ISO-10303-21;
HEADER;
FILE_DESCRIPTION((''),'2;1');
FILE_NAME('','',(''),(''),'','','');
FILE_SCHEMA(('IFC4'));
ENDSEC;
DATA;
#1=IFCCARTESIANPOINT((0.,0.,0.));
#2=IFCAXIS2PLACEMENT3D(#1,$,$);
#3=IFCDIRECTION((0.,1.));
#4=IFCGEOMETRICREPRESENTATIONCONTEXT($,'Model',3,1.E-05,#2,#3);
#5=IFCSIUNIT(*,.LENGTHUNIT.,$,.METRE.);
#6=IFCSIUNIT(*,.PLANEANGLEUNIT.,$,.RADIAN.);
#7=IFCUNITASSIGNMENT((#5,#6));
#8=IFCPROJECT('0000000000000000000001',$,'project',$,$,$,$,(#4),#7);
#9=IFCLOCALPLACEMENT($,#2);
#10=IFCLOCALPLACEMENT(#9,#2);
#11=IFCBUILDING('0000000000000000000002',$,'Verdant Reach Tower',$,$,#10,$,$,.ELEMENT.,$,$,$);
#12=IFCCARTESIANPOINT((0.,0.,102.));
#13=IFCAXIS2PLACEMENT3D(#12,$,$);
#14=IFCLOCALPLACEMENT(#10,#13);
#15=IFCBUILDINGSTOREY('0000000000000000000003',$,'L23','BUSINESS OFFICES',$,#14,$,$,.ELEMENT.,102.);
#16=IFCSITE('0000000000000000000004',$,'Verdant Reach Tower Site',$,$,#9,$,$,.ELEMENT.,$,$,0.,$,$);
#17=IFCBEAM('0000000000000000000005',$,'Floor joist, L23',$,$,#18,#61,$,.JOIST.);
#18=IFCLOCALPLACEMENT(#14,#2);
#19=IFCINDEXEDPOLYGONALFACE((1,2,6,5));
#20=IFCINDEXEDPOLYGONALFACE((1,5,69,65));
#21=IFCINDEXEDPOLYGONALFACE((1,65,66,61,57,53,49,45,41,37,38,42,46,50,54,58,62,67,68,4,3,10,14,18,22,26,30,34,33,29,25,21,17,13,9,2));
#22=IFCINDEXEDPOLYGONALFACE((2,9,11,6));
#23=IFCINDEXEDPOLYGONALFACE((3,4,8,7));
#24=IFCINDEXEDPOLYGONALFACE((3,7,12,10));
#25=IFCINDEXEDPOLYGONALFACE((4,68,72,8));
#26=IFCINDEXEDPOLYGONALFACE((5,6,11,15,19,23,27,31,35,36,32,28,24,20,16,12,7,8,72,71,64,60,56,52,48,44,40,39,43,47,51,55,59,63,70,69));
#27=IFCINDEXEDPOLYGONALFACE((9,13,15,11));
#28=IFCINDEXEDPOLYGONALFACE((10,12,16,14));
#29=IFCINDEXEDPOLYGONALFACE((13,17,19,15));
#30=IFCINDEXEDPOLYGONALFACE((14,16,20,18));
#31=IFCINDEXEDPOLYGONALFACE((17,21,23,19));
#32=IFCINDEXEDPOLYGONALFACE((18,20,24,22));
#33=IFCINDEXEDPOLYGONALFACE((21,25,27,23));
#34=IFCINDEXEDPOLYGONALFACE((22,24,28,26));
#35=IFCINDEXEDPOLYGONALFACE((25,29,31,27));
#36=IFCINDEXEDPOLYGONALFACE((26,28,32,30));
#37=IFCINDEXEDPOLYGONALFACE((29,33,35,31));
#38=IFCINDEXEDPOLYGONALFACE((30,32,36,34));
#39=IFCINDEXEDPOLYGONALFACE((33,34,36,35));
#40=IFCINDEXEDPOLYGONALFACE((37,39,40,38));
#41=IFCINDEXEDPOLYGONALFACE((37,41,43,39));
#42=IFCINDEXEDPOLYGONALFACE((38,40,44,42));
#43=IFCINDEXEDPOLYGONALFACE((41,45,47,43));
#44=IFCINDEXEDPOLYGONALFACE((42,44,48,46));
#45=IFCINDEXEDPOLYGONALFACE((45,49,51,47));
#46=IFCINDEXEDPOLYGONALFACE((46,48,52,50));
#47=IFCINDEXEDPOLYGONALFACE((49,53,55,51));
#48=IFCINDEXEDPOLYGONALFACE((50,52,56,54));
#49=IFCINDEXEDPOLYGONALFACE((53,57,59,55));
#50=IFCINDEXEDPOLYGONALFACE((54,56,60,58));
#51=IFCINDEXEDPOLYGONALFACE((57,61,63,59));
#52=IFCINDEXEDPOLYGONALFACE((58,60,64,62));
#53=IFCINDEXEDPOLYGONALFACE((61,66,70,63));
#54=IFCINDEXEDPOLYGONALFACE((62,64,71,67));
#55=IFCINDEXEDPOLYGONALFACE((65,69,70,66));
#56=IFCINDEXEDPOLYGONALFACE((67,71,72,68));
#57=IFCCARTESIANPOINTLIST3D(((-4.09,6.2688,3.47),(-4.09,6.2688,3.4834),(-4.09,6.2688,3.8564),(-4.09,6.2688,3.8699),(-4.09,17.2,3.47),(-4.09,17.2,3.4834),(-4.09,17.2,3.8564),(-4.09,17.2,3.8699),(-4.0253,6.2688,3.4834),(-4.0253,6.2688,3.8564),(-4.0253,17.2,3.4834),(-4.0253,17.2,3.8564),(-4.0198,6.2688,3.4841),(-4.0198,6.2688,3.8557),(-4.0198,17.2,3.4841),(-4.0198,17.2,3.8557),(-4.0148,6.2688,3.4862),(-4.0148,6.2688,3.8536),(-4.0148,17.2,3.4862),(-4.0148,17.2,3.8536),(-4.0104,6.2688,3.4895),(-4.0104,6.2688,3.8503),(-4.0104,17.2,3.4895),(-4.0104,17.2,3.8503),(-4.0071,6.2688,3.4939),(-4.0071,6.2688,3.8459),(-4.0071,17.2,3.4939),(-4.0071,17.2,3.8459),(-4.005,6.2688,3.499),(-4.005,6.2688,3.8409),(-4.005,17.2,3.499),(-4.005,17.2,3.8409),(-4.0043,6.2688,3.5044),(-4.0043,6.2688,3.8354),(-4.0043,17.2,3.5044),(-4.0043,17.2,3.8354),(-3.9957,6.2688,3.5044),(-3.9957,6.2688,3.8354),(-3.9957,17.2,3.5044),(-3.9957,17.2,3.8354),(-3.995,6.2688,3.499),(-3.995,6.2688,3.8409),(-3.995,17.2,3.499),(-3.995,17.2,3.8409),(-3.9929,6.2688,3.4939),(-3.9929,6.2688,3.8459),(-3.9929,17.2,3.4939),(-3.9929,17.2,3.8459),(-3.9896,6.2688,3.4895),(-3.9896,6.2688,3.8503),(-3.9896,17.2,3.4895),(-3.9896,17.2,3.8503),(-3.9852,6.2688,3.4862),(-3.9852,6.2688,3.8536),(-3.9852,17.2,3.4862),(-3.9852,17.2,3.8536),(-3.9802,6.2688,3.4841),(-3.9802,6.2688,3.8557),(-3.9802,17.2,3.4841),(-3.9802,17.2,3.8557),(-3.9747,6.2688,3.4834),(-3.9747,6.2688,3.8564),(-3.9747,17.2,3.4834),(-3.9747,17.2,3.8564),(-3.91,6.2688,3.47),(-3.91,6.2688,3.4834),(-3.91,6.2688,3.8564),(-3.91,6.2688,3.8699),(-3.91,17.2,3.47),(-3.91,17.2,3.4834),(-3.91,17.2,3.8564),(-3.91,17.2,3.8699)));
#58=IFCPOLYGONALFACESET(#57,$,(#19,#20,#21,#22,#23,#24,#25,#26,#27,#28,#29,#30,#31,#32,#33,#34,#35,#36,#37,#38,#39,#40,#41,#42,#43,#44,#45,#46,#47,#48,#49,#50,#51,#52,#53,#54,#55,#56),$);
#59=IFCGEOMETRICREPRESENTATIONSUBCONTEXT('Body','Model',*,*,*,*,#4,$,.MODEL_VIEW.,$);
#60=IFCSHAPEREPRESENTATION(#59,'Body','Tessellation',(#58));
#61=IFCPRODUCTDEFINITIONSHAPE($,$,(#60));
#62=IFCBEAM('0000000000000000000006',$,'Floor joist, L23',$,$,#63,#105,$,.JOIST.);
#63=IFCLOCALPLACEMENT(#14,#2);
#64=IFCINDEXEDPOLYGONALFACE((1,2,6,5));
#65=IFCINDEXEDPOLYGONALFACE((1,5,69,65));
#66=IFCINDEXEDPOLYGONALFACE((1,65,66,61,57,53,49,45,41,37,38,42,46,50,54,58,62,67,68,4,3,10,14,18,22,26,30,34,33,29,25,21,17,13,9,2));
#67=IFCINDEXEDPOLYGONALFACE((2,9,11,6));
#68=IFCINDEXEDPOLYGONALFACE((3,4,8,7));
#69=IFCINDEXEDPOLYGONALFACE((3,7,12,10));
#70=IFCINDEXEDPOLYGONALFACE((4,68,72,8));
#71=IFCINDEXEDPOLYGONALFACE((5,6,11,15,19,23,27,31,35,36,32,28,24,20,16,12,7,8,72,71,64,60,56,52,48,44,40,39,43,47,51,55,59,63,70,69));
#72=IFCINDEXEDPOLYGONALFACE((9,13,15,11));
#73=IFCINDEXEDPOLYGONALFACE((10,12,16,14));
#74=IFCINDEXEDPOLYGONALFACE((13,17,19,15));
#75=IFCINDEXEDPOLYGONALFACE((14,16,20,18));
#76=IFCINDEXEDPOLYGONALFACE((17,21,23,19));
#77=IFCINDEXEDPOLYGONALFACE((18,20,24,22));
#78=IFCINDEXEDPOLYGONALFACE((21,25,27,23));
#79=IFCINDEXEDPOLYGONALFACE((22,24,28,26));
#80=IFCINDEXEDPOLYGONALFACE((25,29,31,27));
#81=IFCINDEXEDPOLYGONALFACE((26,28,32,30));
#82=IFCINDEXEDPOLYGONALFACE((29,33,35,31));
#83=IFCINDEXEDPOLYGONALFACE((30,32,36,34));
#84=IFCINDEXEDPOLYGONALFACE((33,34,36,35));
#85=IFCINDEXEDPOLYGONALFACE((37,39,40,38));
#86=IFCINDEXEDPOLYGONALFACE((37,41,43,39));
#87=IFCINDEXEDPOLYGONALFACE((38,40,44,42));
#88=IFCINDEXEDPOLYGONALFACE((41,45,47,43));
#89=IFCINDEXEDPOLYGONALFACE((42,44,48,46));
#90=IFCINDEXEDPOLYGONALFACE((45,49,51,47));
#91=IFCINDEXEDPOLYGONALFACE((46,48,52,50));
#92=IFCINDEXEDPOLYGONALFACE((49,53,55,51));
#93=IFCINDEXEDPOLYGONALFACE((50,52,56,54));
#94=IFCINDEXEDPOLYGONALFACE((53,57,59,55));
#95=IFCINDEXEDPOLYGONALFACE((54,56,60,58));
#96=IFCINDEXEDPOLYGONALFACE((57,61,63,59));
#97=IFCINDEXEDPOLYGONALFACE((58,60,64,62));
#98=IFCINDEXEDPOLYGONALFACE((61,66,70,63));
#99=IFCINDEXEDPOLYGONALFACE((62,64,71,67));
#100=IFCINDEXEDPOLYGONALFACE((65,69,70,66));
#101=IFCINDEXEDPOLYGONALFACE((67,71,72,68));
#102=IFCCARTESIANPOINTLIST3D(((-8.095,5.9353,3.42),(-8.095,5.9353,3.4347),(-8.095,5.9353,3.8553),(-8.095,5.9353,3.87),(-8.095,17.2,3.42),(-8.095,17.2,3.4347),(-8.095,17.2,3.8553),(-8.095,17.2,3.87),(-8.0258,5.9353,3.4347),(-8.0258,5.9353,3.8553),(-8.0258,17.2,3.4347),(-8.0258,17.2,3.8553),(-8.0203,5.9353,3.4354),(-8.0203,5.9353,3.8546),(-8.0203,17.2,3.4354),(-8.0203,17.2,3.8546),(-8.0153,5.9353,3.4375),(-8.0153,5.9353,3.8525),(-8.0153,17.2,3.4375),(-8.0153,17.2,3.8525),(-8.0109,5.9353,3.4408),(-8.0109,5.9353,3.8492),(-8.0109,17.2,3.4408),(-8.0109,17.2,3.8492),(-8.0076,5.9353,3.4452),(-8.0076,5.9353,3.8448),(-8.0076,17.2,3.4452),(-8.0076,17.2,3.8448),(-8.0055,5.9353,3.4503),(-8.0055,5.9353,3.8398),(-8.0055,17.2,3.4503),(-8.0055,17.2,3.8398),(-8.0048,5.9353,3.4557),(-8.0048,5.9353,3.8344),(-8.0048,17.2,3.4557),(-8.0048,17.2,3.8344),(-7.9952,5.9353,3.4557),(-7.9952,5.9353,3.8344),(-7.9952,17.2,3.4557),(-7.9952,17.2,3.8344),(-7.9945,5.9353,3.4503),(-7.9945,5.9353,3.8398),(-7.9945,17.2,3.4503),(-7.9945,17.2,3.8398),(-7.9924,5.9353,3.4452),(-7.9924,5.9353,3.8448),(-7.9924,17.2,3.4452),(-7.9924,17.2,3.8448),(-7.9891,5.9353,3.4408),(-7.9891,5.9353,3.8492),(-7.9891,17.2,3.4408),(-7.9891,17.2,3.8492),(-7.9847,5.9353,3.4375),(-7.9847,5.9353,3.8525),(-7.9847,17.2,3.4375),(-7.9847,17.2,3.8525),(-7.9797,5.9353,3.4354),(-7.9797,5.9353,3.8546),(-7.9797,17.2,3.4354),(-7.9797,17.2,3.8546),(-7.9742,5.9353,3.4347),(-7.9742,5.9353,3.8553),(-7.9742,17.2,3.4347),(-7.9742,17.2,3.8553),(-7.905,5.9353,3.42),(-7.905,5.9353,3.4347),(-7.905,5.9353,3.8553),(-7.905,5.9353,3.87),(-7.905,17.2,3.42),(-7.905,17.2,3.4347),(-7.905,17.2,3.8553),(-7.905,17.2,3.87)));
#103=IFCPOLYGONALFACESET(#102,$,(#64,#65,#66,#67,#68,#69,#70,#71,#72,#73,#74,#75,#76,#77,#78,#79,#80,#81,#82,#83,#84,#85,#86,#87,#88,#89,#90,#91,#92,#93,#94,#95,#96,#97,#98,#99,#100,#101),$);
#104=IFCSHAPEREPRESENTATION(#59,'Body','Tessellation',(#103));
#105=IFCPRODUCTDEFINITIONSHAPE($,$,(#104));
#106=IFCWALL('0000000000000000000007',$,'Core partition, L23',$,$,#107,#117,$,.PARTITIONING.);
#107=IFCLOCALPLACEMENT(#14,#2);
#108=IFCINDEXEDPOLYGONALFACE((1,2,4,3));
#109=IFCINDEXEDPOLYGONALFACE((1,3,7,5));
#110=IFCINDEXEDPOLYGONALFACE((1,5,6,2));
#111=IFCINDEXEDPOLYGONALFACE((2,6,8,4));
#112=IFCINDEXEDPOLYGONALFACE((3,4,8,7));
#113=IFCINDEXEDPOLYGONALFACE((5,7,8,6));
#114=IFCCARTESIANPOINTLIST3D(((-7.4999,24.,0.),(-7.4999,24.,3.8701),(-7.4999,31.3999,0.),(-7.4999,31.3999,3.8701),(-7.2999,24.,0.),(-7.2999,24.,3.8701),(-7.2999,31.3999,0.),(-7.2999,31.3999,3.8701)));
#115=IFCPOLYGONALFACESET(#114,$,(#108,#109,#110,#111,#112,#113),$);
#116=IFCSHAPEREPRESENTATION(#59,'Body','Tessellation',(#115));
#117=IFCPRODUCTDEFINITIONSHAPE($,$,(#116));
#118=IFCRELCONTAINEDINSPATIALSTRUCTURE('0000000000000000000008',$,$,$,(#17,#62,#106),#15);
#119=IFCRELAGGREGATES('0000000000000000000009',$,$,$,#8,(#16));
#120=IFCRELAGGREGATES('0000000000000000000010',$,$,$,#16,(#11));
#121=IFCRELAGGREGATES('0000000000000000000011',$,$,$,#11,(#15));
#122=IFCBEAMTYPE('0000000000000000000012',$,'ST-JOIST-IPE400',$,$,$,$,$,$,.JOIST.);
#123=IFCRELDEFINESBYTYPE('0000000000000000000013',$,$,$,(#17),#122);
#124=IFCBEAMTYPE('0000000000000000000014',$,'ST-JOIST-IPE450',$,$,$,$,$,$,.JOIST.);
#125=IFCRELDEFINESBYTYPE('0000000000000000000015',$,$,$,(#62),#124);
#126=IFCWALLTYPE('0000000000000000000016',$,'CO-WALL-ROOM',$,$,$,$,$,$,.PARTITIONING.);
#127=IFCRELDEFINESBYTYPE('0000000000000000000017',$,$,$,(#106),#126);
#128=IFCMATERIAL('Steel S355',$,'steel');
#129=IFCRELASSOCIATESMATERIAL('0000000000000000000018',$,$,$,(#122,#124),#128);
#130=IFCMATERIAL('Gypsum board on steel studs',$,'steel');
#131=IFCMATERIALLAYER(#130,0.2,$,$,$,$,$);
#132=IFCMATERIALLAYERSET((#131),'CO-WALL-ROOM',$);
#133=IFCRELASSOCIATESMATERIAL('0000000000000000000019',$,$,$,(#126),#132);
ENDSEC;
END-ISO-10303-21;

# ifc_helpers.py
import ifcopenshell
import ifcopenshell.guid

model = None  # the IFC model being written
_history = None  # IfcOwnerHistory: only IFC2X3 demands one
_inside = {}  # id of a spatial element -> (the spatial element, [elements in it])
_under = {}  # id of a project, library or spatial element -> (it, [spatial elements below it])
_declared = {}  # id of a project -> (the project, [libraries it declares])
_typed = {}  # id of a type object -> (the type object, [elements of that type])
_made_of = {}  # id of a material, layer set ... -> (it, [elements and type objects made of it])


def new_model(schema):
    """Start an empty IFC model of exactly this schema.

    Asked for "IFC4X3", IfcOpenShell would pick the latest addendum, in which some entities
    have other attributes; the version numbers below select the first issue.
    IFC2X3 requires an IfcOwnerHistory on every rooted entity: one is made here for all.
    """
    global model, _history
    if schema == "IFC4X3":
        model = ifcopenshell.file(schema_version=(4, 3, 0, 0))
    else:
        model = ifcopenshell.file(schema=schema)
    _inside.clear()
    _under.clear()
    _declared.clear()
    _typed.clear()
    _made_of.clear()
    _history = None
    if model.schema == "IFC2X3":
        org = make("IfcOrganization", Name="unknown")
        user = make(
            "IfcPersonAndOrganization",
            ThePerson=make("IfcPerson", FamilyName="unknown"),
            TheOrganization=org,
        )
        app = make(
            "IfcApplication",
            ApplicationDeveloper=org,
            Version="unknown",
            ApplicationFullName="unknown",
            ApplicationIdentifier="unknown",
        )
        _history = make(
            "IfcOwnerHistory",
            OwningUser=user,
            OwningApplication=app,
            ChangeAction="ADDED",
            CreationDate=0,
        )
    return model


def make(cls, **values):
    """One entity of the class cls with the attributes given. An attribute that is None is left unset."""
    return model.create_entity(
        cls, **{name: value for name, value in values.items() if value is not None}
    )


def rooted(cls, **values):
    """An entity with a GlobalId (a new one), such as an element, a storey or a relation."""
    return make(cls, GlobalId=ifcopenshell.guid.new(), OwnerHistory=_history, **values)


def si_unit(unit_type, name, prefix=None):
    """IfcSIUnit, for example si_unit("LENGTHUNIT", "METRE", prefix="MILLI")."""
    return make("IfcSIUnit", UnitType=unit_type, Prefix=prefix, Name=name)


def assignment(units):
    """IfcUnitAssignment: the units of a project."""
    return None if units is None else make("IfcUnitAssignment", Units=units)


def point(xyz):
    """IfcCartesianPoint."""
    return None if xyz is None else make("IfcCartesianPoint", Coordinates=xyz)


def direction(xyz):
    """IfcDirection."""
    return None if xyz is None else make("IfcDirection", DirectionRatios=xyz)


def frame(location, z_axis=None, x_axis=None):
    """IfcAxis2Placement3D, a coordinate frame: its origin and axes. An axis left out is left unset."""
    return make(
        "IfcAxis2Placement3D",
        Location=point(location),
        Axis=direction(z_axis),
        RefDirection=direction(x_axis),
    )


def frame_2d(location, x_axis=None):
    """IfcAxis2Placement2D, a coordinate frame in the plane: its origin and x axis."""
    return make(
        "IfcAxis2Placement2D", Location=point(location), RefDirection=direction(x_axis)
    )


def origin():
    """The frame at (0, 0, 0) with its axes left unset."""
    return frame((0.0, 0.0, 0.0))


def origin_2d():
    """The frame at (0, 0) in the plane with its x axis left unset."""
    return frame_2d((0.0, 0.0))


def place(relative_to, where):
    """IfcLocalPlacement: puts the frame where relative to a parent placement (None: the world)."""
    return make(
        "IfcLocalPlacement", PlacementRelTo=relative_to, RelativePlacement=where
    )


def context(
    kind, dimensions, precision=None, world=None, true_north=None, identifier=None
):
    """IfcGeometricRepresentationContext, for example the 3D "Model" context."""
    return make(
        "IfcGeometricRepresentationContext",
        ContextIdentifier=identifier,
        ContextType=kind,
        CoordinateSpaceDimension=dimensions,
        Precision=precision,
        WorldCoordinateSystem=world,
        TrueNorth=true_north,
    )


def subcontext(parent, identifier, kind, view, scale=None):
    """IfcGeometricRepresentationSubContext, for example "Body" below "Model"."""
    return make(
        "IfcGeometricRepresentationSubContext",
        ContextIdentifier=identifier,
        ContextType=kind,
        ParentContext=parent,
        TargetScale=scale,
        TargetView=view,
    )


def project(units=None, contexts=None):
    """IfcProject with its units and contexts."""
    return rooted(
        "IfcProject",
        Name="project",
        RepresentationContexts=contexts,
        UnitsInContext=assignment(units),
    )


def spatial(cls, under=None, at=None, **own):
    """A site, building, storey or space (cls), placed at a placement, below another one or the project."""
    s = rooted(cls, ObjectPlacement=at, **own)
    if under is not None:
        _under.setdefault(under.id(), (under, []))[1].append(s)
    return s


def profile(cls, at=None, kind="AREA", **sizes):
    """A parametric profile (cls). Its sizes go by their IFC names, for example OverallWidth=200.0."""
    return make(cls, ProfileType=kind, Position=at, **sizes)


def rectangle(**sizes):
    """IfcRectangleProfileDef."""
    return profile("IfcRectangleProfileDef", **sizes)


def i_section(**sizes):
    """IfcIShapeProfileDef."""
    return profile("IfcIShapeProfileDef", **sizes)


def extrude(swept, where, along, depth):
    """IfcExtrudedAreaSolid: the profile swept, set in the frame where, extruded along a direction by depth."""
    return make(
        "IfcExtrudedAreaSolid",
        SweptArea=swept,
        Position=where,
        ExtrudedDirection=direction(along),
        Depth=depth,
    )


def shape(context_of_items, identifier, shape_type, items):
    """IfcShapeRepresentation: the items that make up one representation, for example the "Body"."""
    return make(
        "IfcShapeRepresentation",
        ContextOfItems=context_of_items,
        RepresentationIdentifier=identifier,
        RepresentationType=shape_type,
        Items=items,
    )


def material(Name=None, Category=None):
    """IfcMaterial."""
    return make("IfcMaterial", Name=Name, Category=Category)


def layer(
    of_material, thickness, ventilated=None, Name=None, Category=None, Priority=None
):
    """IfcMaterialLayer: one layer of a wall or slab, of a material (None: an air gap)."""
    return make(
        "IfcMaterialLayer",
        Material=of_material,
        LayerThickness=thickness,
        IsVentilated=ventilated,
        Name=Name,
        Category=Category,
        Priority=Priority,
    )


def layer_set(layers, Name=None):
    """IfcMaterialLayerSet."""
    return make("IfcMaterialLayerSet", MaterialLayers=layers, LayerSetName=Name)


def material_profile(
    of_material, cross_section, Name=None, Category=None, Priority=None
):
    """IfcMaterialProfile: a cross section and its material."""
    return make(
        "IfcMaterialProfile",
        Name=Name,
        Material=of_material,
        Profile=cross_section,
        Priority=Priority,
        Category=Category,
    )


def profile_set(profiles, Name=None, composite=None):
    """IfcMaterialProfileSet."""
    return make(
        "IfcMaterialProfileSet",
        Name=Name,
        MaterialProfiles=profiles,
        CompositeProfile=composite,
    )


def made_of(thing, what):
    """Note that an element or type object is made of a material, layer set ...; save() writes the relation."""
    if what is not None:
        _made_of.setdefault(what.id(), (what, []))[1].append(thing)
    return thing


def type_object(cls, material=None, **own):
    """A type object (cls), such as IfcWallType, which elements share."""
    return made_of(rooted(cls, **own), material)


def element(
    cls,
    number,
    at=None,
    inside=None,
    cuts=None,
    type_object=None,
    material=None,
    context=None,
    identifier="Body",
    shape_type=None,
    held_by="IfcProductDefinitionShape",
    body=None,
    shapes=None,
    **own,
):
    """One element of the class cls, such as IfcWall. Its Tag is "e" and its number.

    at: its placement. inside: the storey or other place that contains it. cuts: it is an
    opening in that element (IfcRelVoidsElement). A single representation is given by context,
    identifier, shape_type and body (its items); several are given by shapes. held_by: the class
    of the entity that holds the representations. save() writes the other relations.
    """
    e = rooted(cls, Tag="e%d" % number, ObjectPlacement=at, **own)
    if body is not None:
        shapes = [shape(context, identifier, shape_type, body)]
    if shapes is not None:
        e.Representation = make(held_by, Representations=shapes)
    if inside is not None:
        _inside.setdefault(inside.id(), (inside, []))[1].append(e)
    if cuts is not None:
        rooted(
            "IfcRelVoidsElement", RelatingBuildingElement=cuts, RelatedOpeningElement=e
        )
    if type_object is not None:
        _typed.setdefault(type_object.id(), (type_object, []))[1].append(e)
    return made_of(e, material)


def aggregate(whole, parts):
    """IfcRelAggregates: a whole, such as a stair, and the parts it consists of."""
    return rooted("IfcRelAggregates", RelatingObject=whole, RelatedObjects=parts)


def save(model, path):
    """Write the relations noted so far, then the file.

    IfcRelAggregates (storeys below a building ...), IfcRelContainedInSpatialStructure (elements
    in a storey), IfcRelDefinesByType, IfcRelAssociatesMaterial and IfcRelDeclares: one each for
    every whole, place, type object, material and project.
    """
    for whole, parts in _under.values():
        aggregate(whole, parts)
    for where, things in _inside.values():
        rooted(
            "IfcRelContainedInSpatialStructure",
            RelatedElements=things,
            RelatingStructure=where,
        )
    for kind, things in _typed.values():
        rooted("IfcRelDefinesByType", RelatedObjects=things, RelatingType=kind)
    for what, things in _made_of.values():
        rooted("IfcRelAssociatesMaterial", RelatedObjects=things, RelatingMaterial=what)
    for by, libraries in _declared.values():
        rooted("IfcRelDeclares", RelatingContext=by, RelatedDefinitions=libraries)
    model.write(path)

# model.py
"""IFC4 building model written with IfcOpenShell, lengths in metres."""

from ifc_helpers import new_model, si_unit, direction, frame, frame_2d, origin, origin_2d, place, context, subcontext, project, spatial, rectangle, i_section, extrude, material, layer, layer_set, material_profile, profile_set, type_object, element, save


model = new_model("IFC4")

# Units and contexts
model_context = context("Model", 3, precision=1e-05, world=origin(), true_north=direction((0.0, 1.0)))
body_context = subcontext(model_context, "Body", "Model", "MODEL_VIEW")
ifc_project = project(units=[si_unit("LENGTHUNIT", "METRE"), si_unit("PLANEANGLEUNIT", "RADIAN")], contexts=[model_context])

# Site, building, storey
site_placement = place(None, origin())
site = spatial("IfcSite", under=ifc_project, at=site_placement, Name="Verdant Reach Tower Site", CompositionType="ELEMENT", RefElevation=0.0)
building_placement = place(site_placement, origin())
building = spatial("IfcBuilding", under=site, at=building_placement, Name="Verdant Reach Tower", CompositionType="ELEMENT")
storey_placement = place(building_placement, frame((0.0, 0.0, 102.0)))
storey = spatial("IfcBuildingStorey", under=building, at=storey_placement, Name="L23", Description="BUSINESS OFFICES", CompositionType="ELEMENT", Elevation=102.0)

# Beams
ifc_material_1 = material(Name="Steel S355", Category="steel")
ifc_material_profile_1 = material_profile(ifc_material_1, i_section(OverallWidth=0.1799, OverallDepth=0.3999, WebThickness=0.0085, FlangeThickness=0.0134, FilletRadius=0.021, at=origin_2d()), Name="IPE 400")
ifc_profile_set_1 = profile_set([ifc_material_profile_1], Name="Steel S355")
beam_type_1 = type_object("IfcBeamType", Name="ST-JOIST-IPE400", PredefinedType="JOIST", material=ifc_profile_set_1)
beam_1_placement = place(storey_placement, frame((-4.0, 17.2, 3.6699), z_axis=(0.0, -1.0, 0.0), x_axis=(1.0, 0.0, 0.0)))
element("IfcBeam", 1, at=beam_1_placement, inside=storey, type_object=beam_type_1, Name="Floor joist, L23", PredefinedType="JOIST", context=body_context, shape_type="SweptSolid", body=[
    extrude(i_section(OverallWidth=0.1799, OverallDepth=0.3999, WebThickness=0.0085, FlangeThickness=0.0134, FilletRadius=0.021, at=origin_2d()), origin(), (0.0, 0.0, 1.0), 10.9312),
])
ifc_material_profile_2 = material_profile(ifc_material_1, i_section(OverallWidth=0.1899, OverallDepth=0.45, WebThickness=0.0095, FlangeThickness=0.0146, FilletRadius=0.021, at=origin_2d()), Name="IPE 450")
ifc_profile_set_2 = profile_set([ifc_material_profile_2], Name="Steel S355")
beam_type_2 = type_object("IfcBeamType", Name="ST-JOIST-IPE450", PredefinedType="JOIST", material=ifc_profile_set_2)
beam_2_placement = place(storey_placement, frame((-8.0, 17.2, 3.645), z_axis=(0.0, -1.0, 0.0), x_axis=(1.0, 0.0, 0.0)))
element("IfcBeam", 2, at=beam_2_placement, inside=storey, type_object=beam_type_2, Name="Floor joist, L23", PredefinedType="JOIST", context=body_context, shape_type="SweptSolid", body=[
    extrude(i_section(OverallWidth=0.1899, OverallDepth=0.45, WebThickness=0.0095, FlangeThickness=0.0146, FilletRadius=0.021, at=origin_2d()), origin(), (0.0, 0.0, 1.0), 11.2646),
])

# Wall
ifc_material_2 = material(Name="Gypsum board on steel studs", Category="steel")
ifc_layer_1 = layer(ifc_material_2, 0.2)
ifc_layer_set_1 = layer_set([ifc_layer_1], Name="CO-WALL-ROOM")
wall_type_1 = type_object("IfcWallType", Name="CO-WALL-ROOM", PredefinedType="PARTITIONING", material=ifc_layer_set_1)
wall_1_placement = place(storey_placement, frame((-7.3999, 24.0, 0.0), z_axis=(0.0, 0.0, 1.0), x_axis=(0.0, 1.0, 0.0)))
element("IfcWall", 3, at=wall_1_placement, inside=storey, type_object=wall_type_1, Name="Core partition, L23", PredefinedType="PARTITIONING", context=body_context, shape_type="SweptSolid", body=[
    extrude(rectangle(XDim=7.3999, YDim=0.2, at=frame_2d((3.7, 0.0))), origin(), (0.0, 0.0, 1.0), 3.8701),
])

save(model, "model.ifc")
